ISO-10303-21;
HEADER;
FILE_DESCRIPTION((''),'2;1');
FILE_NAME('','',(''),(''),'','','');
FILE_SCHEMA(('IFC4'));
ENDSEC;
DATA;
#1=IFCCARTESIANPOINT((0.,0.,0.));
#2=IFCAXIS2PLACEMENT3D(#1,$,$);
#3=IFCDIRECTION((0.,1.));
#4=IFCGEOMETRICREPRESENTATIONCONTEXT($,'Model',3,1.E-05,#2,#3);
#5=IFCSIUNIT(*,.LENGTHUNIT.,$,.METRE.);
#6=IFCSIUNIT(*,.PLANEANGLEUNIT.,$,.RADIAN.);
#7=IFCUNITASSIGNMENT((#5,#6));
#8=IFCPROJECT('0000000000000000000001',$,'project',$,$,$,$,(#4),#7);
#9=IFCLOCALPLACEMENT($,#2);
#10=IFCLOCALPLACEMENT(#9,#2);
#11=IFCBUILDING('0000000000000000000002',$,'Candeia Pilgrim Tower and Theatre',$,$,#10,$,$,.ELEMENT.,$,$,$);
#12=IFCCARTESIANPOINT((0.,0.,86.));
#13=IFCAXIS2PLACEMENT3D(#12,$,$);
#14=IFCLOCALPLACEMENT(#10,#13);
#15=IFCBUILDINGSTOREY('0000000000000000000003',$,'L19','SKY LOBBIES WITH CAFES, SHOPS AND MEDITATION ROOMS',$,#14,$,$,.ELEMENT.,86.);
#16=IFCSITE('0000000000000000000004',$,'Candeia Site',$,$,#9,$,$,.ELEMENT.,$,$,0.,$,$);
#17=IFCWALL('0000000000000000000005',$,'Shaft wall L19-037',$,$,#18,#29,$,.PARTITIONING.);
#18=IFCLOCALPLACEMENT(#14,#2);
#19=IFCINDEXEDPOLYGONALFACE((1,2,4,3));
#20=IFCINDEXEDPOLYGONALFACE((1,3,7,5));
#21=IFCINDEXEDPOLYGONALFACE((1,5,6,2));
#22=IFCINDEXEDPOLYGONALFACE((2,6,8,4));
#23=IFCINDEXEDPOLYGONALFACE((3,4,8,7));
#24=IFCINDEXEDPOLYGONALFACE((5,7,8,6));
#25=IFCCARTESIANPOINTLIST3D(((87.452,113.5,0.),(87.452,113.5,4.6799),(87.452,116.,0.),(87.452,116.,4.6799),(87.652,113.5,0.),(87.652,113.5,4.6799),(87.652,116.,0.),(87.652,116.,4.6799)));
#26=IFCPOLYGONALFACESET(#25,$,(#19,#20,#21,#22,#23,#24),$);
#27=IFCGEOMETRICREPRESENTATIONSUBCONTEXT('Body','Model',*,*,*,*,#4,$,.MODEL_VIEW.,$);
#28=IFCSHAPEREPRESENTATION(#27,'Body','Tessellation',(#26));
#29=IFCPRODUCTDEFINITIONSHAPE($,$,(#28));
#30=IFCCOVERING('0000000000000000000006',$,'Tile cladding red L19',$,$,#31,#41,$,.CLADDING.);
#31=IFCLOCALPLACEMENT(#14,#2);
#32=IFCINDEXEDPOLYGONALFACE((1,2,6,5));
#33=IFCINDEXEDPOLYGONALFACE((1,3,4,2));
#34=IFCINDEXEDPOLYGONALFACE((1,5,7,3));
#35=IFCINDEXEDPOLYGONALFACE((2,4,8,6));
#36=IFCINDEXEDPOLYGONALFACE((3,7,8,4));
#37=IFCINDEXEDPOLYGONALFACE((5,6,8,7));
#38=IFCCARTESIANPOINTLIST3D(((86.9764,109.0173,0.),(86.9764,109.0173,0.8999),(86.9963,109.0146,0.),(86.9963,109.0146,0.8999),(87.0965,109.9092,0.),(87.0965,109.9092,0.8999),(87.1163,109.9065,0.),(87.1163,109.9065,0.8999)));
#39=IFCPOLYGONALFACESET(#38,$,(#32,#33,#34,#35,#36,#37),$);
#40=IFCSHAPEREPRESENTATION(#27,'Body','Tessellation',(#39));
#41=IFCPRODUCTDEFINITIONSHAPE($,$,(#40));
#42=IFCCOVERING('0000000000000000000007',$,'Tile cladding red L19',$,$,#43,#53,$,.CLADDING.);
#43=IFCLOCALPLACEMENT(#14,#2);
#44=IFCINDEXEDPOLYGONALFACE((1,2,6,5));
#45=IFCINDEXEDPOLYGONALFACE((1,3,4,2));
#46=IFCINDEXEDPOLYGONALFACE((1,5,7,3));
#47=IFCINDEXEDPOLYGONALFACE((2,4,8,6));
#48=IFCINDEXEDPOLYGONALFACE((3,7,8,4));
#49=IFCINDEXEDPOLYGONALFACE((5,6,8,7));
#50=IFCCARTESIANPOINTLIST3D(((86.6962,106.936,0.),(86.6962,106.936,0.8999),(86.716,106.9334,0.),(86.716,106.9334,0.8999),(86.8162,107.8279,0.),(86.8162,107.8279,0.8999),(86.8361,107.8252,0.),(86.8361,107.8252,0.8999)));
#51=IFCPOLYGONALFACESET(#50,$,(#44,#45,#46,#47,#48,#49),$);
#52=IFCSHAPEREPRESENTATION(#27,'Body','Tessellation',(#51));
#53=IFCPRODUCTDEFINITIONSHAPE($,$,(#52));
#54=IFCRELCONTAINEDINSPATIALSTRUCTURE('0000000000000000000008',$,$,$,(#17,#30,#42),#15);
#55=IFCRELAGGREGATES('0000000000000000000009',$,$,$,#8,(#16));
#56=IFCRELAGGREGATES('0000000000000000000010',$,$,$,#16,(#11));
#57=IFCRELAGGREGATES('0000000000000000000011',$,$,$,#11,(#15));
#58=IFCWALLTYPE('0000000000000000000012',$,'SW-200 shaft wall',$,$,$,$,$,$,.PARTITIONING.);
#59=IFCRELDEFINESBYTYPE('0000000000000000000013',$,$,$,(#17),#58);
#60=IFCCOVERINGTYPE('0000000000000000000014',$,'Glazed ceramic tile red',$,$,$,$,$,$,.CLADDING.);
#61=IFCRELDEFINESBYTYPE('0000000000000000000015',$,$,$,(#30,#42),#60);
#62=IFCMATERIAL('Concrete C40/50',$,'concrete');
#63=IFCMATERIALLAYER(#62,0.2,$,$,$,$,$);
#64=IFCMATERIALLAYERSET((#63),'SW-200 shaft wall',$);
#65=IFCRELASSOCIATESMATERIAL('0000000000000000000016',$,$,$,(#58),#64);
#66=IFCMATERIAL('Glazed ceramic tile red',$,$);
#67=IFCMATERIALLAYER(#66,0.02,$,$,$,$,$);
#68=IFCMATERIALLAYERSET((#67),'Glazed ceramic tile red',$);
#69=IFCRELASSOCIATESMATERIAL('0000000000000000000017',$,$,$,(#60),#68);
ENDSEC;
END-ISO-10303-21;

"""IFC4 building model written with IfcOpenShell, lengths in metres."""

from ifc_helpers import new_model, si_unit, direction, frame, frame_2d, origin, origin_2d, place, context, subcontext, project, spatial, rectangle, extrude, material, layer, layer_set, type_object, element, save


model = new_model("IFC4")

# Units and contexts
model_context = context("Model", 3, precision=1e-05, world=origin(), true_north=direction((0.0, 1.0)))
body_context = subcontext(model_context, "Body", "Model", "MODEL_VIEW")
ifc_project = project(units=[si_unit("LENGTHUNIT", "METRE"), si_unit("PLANEANGLEUNIT", "RADIAN")], contexts=[model_context])

# Site, building, storey
site_placement = place(None, origin())
site = spatial("IfcSite", under=ifc_project, at=site_placement, Name="Candeia Site", CompositionType="ELEMENT", RefElevation=0.0)
building_placement = place(site_placement, origin())
building = spatial("IfcBuilding", under=site, at=building_placement, Name="Candeia Pilgrim Tower and Theatre", CompositionType="ELEMENT")
storey_placement = place(building_placement, frame((0.0, 0.0, 86.0)))
storey = spatial("IfcBuildingStorey", under=building, at=storey_placement, Name="L19", Description="SKY LOBBIES WITH CAFES, SHOPS AND MEDITATION ROOMS", CompositionType="ELEMENT", Elevation=86.0)

# Shared definitions
ifc_material_1 = material(Name="Concrete C40/50", Category="concrete")
ifc_layer_1 = layer(ifc_material_1, 0.2)
ifc_layer_set_1 = layer_set([ifc_layer_1], Name="SW-200 shaft wall")
wall_type_1 = type_object("IfcWallType", Name="SW-200 shaft wall", PredefinedType="PARTITIONING", material=ifc_layer_set_1)

# Wall
wall_1_placement = place(storey_placement, frame((87.552, 113.5, 0.0), z_axis=(0.0, 0.0, 1.0), x_axis=(0.0, 1.0, 0.0)))
element("IfcWall", 1, at=wall_1_placement, inside=storey, type_object=wall_type_1, Name="Shaft wall L19-037", PredefinedType="PARTITIONING", context=body_context, shape_type="SweptSolid", body=[
    extrude(rectangle(XDim=2.5, YDim=0.2, at=frame_2d((1.25, 0.0))), origin(), (0.0, 0.0, 1.0), 4.6799),
])

# Coverings
ifc_material_2 = material(Name="Glazed ceramic tile red")
ifc_layer_2 = layer(ifc_material_2, 0.02)
ifc_layer_set_2 = layer_set([ifc_layer_2], Name="Glazed ceramic tile red")
covering_type = type_object("IfcCoveringType", Name="Glazed ceramic tile red", PredefinedType="CLADDING", material=ifc_layer_set_2)
for number, where, z_axis, x_axis, name in (
    (2, (87.0464, 109.4619, 0.0), (0.0, 0.0, 1.0), (-0.133412, -0.991061, 0.0), "Tile cladding red L19"),
    (3, (86.7661, 107.3806, 0.0), (0.0, 0.0, 1.0), (-0.133412, -0.991061, 0.0), "Tile cladding red L19"),
):
    element("IfcCovering", number, at=place(storey_placement, frame(where, z_axis=z_axis, x_axis=x_axis)), inside=storey, type_object=covering_type, Name=name, PredefinedType="CLADDING", context=body_context, shape_type="SweptSolid", body=[
        extrude(rectangle(XDim=0.8999, YDim=0.02, at=origin_2d()), origin(), (0.0, 0.0, 1.0), 0.8999),
    ])

save(model, "model.ifc")
